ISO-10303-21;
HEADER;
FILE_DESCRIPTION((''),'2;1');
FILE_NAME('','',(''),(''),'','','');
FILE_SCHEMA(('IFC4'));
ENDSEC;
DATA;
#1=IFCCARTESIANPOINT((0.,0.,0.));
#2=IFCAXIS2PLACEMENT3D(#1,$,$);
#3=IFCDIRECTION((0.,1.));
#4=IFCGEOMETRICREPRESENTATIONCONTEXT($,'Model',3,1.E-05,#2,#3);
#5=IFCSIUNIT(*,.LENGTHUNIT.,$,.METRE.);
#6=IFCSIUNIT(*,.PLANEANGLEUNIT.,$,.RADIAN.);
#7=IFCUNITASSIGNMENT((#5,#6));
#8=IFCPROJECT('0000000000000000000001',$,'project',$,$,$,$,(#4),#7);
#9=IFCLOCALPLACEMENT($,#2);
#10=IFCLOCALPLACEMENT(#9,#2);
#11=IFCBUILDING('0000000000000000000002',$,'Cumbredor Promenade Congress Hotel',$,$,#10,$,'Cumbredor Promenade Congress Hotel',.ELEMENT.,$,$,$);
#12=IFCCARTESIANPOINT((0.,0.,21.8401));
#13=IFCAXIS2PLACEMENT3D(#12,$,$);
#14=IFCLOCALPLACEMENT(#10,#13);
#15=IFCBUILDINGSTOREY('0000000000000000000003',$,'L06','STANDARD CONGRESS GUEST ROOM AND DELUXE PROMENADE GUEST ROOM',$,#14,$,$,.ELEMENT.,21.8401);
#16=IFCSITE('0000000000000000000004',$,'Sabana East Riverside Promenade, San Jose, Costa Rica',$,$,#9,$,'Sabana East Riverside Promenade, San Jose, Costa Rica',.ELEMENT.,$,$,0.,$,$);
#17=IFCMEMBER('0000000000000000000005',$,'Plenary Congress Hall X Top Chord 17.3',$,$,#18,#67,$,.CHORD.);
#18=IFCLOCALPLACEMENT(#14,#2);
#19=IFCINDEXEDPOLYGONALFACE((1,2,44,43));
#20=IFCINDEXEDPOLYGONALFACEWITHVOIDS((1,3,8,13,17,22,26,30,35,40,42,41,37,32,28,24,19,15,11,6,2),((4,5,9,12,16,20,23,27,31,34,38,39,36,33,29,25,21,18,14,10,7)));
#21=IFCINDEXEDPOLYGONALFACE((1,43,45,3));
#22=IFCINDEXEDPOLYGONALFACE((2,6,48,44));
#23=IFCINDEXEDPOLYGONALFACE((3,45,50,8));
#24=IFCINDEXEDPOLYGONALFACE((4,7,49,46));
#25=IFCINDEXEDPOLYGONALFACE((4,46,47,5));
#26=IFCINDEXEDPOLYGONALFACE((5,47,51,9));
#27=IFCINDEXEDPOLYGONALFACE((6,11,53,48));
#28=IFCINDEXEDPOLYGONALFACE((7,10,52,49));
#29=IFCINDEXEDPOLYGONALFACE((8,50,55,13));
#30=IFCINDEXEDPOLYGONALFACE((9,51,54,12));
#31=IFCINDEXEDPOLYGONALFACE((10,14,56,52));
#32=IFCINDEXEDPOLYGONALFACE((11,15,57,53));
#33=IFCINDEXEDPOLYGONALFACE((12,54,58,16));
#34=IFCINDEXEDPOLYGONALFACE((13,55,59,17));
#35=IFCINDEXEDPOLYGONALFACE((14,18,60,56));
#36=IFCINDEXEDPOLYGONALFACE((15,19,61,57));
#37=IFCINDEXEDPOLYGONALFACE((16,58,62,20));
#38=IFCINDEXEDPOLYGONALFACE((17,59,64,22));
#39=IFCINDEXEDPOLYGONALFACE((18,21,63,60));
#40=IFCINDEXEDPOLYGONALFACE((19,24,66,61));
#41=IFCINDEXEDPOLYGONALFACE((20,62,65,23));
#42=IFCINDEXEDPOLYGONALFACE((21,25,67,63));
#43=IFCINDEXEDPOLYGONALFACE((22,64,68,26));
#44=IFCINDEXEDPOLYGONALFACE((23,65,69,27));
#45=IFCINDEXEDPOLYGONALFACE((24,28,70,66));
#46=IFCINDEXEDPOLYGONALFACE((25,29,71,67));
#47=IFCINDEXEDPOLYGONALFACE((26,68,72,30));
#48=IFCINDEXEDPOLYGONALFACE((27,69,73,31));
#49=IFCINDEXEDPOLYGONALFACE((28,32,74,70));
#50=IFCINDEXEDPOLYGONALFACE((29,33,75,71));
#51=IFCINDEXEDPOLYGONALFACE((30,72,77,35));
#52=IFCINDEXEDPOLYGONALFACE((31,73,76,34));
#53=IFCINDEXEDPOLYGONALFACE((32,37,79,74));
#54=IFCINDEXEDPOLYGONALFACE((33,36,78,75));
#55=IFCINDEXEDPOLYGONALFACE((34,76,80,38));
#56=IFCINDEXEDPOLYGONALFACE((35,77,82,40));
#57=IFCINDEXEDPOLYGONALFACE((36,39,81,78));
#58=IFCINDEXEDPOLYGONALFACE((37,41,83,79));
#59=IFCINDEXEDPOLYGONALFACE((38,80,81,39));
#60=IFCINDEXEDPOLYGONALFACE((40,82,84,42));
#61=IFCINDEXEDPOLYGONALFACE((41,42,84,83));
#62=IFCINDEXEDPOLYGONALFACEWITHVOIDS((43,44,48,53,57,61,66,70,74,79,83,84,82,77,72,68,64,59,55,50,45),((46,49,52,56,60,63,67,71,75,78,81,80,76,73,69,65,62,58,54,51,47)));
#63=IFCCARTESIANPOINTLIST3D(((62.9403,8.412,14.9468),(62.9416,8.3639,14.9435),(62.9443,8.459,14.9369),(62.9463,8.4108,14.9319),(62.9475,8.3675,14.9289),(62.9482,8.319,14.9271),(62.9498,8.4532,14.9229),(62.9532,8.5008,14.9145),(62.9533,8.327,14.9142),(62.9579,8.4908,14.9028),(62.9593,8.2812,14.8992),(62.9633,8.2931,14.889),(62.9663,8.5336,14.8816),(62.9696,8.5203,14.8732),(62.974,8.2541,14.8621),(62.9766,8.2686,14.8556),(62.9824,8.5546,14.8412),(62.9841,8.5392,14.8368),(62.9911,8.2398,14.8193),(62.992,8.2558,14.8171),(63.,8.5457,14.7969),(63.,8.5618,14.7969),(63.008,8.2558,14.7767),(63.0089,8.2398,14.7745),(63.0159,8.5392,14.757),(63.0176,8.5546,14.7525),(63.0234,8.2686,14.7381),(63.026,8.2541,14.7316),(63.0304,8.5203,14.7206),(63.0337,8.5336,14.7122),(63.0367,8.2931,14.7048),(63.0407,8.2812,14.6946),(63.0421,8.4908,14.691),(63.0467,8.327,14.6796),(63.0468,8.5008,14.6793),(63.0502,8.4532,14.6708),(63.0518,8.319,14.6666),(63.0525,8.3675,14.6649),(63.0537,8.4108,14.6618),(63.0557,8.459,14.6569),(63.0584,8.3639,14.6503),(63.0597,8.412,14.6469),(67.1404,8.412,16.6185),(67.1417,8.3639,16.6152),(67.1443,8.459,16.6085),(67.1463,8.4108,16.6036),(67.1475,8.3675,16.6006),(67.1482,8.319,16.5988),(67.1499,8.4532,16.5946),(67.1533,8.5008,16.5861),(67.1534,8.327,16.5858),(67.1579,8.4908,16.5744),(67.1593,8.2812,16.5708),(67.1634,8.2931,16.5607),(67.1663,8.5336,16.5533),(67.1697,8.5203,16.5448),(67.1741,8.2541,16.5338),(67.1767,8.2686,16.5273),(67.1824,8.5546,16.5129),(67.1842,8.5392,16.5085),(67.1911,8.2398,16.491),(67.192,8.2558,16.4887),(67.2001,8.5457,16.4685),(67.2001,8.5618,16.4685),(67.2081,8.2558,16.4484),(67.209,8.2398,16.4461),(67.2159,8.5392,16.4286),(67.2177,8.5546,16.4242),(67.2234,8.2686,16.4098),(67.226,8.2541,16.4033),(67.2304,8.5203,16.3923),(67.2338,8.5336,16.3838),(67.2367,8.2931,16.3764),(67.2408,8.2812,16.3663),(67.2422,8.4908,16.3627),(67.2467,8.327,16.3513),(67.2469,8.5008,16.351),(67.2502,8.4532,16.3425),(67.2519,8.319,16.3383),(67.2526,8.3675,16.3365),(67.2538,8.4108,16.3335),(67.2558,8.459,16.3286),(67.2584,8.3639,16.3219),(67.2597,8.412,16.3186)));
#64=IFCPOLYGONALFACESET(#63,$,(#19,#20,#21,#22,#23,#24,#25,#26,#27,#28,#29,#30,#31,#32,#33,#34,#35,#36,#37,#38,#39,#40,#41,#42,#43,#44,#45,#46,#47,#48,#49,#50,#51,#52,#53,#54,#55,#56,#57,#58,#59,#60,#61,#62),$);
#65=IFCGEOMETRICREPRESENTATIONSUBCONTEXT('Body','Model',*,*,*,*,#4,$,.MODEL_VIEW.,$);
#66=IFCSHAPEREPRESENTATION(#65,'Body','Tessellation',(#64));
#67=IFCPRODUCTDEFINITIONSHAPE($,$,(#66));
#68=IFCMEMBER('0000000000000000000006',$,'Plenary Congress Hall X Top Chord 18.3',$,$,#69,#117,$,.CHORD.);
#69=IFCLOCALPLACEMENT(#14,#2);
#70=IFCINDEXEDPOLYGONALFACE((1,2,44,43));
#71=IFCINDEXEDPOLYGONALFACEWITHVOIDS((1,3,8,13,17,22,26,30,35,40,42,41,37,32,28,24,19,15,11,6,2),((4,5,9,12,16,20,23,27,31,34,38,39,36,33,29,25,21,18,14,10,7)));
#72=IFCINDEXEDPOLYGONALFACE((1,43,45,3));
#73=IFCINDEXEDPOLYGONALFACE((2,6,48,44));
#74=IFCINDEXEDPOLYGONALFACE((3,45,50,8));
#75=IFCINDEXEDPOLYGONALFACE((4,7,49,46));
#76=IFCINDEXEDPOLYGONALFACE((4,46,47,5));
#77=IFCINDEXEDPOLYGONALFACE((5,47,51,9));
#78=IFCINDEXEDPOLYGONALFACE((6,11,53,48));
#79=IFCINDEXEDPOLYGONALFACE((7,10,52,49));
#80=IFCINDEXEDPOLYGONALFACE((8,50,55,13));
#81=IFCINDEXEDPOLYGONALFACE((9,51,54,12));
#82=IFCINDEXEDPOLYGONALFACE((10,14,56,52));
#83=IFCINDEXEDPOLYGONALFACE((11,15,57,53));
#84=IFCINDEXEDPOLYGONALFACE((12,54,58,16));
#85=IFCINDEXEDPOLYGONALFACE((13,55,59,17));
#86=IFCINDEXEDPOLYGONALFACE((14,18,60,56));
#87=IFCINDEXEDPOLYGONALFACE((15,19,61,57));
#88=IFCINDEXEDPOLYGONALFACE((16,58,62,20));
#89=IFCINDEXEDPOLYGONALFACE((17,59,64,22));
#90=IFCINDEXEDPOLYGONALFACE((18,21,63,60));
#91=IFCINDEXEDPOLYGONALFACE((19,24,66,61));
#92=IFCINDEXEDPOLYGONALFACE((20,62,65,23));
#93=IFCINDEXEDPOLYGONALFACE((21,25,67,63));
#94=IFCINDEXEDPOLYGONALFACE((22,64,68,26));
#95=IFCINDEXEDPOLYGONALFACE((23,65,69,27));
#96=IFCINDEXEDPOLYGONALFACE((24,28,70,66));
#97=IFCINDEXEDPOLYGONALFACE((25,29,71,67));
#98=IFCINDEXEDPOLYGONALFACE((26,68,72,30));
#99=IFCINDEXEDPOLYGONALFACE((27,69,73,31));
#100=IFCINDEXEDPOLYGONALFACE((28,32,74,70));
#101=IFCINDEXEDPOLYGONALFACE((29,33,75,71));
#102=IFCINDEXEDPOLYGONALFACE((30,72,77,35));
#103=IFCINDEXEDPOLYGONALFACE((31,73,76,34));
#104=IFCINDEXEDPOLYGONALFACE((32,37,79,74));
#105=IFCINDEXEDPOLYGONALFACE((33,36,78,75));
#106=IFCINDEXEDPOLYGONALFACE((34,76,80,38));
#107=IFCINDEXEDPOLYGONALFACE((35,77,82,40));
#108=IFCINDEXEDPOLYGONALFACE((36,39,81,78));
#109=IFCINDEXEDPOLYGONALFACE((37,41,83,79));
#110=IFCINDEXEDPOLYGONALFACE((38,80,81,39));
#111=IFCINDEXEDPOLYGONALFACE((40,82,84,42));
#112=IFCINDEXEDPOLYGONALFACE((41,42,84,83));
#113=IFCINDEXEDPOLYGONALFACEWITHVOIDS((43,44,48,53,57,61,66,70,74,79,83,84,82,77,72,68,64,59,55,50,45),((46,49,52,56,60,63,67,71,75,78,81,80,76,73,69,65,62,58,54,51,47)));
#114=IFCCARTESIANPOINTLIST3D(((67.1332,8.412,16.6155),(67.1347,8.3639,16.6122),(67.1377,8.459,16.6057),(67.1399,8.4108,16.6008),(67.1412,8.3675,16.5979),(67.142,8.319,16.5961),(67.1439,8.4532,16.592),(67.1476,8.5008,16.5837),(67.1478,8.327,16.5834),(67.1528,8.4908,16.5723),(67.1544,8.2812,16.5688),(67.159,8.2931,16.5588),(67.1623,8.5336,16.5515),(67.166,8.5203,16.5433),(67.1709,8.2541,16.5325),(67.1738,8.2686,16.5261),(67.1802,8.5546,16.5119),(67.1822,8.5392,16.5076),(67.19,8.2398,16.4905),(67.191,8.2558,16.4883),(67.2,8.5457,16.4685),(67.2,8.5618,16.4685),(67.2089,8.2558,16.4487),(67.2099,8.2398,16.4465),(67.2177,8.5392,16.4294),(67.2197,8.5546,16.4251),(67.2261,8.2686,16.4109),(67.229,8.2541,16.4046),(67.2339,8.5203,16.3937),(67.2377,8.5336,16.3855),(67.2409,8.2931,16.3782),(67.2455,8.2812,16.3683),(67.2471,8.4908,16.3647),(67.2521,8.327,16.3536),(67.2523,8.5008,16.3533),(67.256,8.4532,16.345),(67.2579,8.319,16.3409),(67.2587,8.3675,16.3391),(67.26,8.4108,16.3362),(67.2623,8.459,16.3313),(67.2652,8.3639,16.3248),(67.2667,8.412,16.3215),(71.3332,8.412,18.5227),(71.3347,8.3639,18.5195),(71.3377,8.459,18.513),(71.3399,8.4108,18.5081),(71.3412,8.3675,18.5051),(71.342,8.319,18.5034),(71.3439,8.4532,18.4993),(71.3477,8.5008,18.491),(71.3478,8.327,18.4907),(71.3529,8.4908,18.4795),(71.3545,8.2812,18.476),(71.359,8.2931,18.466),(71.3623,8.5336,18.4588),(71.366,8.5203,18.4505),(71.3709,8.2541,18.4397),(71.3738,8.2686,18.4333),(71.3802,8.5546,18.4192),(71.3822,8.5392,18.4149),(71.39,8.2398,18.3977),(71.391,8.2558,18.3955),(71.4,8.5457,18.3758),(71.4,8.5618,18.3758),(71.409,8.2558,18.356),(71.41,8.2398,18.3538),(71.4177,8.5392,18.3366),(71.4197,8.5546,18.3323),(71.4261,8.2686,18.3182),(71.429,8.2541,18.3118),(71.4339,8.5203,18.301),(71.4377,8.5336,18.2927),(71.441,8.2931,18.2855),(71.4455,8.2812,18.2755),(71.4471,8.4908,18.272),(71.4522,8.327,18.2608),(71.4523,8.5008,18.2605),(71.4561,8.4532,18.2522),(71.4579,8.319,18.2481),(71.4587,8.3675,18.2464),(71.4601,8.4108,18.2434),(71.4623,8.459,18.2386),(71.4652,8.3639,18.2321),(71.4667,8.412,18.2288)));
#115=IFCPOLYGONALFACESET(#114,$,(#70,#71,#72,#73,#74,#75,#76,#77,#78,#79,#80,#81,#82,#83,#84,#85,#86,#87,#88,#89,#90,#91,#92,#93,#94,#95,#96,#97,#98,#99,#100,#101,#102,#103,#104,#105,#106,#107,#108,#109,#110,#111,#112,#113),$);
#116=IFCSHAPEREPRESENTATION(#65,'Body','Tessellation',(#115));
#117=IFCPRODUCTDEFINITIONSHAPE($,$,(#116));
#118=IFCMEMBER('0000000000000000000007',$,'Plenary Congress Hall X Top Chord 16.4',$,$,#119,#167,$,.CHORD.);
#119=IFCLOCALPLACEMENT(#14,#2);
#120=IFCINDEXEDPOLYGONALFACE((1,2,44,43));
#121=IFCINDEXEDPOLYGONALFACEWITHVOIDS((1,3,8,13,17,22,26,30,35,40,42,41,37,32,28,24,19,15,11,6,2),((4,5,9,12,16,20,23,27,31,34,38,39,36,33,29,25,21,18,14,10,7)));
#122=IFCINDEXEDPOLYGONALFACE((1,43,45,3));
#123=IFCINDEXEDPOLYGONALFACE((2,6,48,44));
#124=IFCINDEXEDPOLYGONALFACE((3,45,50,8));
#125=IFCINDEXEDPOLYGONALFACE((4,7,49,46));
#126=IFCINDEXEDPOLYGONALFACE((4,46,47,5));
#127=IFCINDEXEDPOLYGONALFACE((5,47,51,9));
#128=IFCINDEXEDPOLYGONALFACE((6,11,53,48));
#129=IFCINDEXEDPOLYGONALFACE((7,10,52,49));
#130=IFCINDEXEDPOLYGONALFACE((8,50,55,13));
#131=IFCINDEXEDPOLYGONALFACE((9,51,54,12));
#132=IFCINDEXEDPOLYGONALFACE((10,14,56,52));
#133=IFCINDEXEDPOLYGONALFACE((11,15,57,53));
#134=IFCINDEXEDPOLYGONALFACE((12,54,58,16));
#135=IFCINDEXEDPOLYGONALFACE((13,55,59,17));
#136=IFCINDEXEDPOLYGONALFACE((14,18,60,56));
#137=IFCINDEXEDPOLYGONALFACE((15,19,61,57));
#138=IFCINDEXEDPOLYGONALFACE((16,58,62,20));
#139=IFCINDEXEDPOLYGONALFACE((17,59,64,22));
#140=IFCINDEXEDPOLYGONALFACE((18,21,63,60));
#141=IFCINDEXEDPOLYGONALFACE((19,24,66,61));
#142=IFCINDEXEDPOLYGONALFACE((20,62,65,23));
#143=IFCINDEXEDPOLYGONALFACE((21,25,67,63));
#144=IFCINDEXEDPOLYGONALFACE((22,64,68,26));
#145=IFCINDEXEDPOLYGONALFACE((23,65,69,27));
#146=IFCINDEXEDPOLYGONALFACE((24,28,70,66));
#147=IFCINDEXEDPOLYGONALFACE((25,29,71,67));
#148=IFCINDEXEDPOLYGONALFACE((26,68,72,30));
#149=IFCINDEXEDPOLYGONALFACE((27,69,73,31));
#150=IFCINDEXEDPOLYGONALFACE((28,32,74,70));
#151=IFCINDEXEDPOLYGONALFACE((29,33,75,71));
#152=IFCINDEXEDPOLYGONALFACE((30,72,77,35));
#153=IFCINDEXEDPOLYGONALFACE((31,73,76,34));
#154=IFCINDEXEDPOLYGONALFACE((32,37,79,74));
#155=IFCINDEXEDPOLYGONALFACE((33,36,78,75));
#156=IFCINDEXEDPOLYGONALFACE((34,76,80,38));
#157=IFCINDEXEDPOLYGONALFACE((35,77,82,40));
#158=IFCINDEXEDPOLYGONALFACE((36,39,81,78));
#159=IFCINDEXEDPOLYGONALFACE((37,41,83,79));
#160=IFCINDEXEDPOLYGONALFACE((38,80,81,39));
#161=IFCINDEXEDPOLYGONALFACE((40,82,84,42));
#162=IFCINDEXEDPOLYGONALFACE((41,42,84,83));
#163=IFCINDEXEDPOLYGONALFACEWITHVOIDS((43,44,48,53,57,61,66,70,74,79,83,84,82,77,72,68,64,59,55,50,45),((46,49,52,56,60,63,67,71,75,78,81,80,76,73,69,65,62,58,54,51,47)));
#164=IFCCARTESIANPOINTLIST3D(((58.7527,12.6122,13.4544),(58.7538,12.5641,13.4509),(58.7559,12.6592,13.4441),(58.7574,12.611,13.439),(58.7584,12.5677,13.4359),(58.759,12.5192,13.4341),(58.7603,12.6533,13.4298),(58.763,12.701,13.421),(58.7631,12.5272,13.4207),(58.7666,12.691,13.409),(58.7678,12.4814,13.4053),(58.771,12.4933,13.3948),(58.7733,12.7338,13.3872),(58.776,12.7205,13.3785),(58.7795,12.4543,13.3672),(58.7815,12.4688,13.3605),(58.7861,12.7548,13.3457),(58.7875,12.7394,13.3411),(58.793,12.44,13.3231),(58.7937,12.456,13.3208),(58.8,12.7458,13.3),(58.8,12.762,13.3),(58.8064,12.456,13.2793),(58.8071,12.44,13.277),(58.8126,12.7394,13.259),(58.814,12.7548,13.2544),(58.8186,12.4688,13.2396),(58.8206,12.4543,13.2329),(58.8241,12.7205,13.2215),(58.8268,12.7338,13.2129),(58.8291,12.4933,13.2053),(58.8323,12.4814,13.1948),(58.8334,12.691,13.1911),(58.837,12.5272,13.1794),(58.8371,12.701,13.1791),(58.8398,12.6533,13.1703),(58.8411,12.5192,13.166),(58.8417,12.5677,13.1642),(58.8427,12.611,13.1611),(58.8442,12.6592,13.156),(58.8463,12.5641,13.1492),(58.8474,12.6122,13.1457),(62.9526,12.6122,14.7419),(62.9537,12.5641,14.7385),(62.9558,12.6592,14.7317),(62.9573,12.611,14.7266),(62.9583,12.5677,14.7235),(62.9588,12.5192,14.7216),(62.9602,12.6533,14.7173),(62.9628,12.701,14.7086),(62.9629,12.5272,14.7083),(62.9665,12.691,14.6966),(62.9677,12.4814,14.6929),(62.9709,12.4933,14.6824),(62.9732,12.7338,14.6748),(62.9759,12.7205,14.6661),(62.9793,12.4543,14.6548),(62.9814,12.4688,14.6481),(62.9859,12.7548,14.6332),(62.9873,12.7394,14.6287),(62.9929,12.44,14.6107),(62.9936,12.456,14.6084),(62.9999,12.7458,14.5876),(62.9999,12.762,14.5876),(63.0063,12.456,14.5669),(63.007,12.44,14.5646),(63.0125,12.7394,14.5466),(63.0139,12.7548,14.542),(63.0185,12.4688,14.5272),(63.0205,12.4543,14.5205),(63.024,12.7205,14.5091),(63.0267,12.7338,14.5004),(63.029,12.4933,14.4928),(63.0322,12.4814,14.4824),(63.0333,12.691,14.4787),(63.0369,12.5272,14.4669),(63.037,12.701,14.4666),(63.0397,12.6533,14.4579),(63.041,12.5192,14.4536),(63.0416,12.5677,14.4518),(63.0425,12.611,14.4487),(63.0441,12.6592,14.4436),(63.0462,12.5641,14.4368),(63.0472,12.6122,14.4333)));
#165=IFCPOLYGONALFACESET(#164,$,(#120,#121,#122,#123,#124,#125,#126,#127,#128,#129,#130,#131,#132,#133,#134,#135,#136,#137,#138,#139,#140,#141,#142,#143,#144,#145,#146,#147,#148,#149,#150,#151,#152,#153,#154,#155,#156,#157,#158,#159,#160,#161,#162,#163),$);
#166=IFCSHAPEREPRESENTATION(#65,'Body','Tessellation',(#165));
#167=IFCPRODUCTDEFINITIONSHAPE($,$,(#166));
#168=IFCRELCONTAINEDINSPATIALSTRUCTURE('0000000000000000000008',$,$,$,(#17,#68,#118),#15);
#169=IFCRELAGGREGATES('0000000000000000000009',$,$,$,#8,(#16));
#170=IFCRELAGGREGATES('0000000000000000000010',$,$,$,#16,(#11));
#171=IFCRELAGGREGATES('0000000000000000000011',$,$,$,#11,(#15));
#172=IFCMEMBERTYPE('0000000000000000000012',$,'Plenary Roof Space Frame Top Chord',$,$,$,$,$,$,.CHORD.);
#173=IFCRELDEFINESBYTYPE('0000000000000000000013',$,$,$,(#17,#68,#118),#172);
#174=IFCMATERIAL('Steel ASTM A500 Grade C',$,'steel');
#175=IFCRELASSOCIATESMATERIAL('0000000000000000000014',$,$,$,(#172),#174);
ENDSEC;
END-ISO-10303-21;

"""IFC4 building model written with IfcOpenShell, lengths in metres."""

from ifc_helpers import new_model, si_unit, direction, frame, origin, origin_2d, place, context, subcontext, project, spatial, hollow_circle, extrude, material, material_profile, profile_set, type_object, element, save


model = new_model("IFC4")

# Units and contexts
model_context = context("Model", 3, precision=1e-05, world=origin(), true_north=direction((0.0, 1.0)))
body_context = subcontext(model_context, "Body", "Model", "MODEL_VIEW")
ifc_project = project(units=[si_unit("LENGTHUNIT", "METRE"), si_unit("PLANEANGLEUNIT", "RADIAN")], contexts=[model_context])

# Site, building, storey
site_placement = place(None, origin())
site = spatial("IfcSite", under=ifc_project, at=site_placement, Name="Sabana East Riverside Promenade, San Jose, Costa Rica", LongName="Sabana East Riverside Promenade, San Jose, Costa Rica", CompositionType="ELEMENT", RefElevation=0.0)
building_placement = place(site_placement, origin())
building = spatial("IfcBuilding", under=site, at=building_placement, Name="Cumbredor Promenade Congress Hotel", LongName="Cumbredor Promenade Congress Hotel", CompositionType="ELEMENT")
storey_placement = place(building_placement, frame((0.0, 0.0, 21.8401)))
storey = spatial("IfcBuildingStorey", under=building, at=storey_placement, Name="L06", Description="STANDARD CONGRESS GUEST ROOM AND DELUXE PROMENADE GUEST ROOM", CompositionType="ELEMENT", Elevation=21.8401)

# Members
ifc_material_1 = material(Name="Steel ASTM A500 Grade C", Category="steel")
ifc_material_profile_1 = material_profile(ifc_material_1, hollow_circle(Radius=0.1619, WallThickness=0.0161, at=origin_2d()), Name="CHS 323.9x16")
ifc_profile_set_1 = profile_set([ifc_material_profile_1], Name="Steel ASTM A500 Grade C")
member_type_1 = type_object("IfcMemberType", Name="Plenary Roof Space Frame Top Chord", PredefinedType="CHORD", material=ifc_profile_set_1)
member_1_placement = place(storey_placement, frame((63.0, 8.3999, 14.7969), z_axis=(0.929112, 0.0, 0.369798), x_axis=(0.0, 1.0, 0.0)))
element("IfcMember", 1, at=member_1_placement, inside=storey, type_object=member_type_1, Name="Plenary Congress Hall X Top Chord 17.3", PredefinedType="CHORD", context=body_context, shape_type="SweptSolid", body=[
    extrude(hollow_circle(Radius=0.1619, WallThickness=0.0161, at=origin_2d()), origin(), (0.0, 0.0, 1.0), 4.5205),
])
member_2_placement = place(storey_placement, frame((67.2, 8.3999, 16.4685), z_axis=(0.910517, 0.0, 0.413472), x_axis=(0.0, 1.0, 0.0)))
element("IfcMember", 2, at=member_2_placement, inside=storey, type_object=member_type_1, Name="Plenary Congress Hall X Top Chord 18.3", PredefinedType="CHORD", context=body_context, shape_type="SweptSolid", body=[
    extrude(hollow_circle(Radius=0.1619, WallThickness=0.0161, at=origin_2d()), origin(), (0.0, 0.0, 1.0), 4.6128),
])
member_3_placement = place(storey_placement, frame((58.8, 12.6001, 13.3), z_axis=(0.956079, 0.0, 0.293109), x_axis=(0.0, 1.0, 0.0)))
element("IfcMember", 3, at=member_3_placement, inside=storey, type_object=member_type_1, Name="Plenary Congress Hall X Top Chord 16.4", PredefinedType="CHORD", context=body_context, shape_type="SweptSolid", body=[
    extrude(hollow_circle(Radius=0.1619, WallThickness=0.0161, at=origin_2d()), origin(), (0.0, 0.0, 1.0), 4.3928),
])

save(model, "model.ifc")
